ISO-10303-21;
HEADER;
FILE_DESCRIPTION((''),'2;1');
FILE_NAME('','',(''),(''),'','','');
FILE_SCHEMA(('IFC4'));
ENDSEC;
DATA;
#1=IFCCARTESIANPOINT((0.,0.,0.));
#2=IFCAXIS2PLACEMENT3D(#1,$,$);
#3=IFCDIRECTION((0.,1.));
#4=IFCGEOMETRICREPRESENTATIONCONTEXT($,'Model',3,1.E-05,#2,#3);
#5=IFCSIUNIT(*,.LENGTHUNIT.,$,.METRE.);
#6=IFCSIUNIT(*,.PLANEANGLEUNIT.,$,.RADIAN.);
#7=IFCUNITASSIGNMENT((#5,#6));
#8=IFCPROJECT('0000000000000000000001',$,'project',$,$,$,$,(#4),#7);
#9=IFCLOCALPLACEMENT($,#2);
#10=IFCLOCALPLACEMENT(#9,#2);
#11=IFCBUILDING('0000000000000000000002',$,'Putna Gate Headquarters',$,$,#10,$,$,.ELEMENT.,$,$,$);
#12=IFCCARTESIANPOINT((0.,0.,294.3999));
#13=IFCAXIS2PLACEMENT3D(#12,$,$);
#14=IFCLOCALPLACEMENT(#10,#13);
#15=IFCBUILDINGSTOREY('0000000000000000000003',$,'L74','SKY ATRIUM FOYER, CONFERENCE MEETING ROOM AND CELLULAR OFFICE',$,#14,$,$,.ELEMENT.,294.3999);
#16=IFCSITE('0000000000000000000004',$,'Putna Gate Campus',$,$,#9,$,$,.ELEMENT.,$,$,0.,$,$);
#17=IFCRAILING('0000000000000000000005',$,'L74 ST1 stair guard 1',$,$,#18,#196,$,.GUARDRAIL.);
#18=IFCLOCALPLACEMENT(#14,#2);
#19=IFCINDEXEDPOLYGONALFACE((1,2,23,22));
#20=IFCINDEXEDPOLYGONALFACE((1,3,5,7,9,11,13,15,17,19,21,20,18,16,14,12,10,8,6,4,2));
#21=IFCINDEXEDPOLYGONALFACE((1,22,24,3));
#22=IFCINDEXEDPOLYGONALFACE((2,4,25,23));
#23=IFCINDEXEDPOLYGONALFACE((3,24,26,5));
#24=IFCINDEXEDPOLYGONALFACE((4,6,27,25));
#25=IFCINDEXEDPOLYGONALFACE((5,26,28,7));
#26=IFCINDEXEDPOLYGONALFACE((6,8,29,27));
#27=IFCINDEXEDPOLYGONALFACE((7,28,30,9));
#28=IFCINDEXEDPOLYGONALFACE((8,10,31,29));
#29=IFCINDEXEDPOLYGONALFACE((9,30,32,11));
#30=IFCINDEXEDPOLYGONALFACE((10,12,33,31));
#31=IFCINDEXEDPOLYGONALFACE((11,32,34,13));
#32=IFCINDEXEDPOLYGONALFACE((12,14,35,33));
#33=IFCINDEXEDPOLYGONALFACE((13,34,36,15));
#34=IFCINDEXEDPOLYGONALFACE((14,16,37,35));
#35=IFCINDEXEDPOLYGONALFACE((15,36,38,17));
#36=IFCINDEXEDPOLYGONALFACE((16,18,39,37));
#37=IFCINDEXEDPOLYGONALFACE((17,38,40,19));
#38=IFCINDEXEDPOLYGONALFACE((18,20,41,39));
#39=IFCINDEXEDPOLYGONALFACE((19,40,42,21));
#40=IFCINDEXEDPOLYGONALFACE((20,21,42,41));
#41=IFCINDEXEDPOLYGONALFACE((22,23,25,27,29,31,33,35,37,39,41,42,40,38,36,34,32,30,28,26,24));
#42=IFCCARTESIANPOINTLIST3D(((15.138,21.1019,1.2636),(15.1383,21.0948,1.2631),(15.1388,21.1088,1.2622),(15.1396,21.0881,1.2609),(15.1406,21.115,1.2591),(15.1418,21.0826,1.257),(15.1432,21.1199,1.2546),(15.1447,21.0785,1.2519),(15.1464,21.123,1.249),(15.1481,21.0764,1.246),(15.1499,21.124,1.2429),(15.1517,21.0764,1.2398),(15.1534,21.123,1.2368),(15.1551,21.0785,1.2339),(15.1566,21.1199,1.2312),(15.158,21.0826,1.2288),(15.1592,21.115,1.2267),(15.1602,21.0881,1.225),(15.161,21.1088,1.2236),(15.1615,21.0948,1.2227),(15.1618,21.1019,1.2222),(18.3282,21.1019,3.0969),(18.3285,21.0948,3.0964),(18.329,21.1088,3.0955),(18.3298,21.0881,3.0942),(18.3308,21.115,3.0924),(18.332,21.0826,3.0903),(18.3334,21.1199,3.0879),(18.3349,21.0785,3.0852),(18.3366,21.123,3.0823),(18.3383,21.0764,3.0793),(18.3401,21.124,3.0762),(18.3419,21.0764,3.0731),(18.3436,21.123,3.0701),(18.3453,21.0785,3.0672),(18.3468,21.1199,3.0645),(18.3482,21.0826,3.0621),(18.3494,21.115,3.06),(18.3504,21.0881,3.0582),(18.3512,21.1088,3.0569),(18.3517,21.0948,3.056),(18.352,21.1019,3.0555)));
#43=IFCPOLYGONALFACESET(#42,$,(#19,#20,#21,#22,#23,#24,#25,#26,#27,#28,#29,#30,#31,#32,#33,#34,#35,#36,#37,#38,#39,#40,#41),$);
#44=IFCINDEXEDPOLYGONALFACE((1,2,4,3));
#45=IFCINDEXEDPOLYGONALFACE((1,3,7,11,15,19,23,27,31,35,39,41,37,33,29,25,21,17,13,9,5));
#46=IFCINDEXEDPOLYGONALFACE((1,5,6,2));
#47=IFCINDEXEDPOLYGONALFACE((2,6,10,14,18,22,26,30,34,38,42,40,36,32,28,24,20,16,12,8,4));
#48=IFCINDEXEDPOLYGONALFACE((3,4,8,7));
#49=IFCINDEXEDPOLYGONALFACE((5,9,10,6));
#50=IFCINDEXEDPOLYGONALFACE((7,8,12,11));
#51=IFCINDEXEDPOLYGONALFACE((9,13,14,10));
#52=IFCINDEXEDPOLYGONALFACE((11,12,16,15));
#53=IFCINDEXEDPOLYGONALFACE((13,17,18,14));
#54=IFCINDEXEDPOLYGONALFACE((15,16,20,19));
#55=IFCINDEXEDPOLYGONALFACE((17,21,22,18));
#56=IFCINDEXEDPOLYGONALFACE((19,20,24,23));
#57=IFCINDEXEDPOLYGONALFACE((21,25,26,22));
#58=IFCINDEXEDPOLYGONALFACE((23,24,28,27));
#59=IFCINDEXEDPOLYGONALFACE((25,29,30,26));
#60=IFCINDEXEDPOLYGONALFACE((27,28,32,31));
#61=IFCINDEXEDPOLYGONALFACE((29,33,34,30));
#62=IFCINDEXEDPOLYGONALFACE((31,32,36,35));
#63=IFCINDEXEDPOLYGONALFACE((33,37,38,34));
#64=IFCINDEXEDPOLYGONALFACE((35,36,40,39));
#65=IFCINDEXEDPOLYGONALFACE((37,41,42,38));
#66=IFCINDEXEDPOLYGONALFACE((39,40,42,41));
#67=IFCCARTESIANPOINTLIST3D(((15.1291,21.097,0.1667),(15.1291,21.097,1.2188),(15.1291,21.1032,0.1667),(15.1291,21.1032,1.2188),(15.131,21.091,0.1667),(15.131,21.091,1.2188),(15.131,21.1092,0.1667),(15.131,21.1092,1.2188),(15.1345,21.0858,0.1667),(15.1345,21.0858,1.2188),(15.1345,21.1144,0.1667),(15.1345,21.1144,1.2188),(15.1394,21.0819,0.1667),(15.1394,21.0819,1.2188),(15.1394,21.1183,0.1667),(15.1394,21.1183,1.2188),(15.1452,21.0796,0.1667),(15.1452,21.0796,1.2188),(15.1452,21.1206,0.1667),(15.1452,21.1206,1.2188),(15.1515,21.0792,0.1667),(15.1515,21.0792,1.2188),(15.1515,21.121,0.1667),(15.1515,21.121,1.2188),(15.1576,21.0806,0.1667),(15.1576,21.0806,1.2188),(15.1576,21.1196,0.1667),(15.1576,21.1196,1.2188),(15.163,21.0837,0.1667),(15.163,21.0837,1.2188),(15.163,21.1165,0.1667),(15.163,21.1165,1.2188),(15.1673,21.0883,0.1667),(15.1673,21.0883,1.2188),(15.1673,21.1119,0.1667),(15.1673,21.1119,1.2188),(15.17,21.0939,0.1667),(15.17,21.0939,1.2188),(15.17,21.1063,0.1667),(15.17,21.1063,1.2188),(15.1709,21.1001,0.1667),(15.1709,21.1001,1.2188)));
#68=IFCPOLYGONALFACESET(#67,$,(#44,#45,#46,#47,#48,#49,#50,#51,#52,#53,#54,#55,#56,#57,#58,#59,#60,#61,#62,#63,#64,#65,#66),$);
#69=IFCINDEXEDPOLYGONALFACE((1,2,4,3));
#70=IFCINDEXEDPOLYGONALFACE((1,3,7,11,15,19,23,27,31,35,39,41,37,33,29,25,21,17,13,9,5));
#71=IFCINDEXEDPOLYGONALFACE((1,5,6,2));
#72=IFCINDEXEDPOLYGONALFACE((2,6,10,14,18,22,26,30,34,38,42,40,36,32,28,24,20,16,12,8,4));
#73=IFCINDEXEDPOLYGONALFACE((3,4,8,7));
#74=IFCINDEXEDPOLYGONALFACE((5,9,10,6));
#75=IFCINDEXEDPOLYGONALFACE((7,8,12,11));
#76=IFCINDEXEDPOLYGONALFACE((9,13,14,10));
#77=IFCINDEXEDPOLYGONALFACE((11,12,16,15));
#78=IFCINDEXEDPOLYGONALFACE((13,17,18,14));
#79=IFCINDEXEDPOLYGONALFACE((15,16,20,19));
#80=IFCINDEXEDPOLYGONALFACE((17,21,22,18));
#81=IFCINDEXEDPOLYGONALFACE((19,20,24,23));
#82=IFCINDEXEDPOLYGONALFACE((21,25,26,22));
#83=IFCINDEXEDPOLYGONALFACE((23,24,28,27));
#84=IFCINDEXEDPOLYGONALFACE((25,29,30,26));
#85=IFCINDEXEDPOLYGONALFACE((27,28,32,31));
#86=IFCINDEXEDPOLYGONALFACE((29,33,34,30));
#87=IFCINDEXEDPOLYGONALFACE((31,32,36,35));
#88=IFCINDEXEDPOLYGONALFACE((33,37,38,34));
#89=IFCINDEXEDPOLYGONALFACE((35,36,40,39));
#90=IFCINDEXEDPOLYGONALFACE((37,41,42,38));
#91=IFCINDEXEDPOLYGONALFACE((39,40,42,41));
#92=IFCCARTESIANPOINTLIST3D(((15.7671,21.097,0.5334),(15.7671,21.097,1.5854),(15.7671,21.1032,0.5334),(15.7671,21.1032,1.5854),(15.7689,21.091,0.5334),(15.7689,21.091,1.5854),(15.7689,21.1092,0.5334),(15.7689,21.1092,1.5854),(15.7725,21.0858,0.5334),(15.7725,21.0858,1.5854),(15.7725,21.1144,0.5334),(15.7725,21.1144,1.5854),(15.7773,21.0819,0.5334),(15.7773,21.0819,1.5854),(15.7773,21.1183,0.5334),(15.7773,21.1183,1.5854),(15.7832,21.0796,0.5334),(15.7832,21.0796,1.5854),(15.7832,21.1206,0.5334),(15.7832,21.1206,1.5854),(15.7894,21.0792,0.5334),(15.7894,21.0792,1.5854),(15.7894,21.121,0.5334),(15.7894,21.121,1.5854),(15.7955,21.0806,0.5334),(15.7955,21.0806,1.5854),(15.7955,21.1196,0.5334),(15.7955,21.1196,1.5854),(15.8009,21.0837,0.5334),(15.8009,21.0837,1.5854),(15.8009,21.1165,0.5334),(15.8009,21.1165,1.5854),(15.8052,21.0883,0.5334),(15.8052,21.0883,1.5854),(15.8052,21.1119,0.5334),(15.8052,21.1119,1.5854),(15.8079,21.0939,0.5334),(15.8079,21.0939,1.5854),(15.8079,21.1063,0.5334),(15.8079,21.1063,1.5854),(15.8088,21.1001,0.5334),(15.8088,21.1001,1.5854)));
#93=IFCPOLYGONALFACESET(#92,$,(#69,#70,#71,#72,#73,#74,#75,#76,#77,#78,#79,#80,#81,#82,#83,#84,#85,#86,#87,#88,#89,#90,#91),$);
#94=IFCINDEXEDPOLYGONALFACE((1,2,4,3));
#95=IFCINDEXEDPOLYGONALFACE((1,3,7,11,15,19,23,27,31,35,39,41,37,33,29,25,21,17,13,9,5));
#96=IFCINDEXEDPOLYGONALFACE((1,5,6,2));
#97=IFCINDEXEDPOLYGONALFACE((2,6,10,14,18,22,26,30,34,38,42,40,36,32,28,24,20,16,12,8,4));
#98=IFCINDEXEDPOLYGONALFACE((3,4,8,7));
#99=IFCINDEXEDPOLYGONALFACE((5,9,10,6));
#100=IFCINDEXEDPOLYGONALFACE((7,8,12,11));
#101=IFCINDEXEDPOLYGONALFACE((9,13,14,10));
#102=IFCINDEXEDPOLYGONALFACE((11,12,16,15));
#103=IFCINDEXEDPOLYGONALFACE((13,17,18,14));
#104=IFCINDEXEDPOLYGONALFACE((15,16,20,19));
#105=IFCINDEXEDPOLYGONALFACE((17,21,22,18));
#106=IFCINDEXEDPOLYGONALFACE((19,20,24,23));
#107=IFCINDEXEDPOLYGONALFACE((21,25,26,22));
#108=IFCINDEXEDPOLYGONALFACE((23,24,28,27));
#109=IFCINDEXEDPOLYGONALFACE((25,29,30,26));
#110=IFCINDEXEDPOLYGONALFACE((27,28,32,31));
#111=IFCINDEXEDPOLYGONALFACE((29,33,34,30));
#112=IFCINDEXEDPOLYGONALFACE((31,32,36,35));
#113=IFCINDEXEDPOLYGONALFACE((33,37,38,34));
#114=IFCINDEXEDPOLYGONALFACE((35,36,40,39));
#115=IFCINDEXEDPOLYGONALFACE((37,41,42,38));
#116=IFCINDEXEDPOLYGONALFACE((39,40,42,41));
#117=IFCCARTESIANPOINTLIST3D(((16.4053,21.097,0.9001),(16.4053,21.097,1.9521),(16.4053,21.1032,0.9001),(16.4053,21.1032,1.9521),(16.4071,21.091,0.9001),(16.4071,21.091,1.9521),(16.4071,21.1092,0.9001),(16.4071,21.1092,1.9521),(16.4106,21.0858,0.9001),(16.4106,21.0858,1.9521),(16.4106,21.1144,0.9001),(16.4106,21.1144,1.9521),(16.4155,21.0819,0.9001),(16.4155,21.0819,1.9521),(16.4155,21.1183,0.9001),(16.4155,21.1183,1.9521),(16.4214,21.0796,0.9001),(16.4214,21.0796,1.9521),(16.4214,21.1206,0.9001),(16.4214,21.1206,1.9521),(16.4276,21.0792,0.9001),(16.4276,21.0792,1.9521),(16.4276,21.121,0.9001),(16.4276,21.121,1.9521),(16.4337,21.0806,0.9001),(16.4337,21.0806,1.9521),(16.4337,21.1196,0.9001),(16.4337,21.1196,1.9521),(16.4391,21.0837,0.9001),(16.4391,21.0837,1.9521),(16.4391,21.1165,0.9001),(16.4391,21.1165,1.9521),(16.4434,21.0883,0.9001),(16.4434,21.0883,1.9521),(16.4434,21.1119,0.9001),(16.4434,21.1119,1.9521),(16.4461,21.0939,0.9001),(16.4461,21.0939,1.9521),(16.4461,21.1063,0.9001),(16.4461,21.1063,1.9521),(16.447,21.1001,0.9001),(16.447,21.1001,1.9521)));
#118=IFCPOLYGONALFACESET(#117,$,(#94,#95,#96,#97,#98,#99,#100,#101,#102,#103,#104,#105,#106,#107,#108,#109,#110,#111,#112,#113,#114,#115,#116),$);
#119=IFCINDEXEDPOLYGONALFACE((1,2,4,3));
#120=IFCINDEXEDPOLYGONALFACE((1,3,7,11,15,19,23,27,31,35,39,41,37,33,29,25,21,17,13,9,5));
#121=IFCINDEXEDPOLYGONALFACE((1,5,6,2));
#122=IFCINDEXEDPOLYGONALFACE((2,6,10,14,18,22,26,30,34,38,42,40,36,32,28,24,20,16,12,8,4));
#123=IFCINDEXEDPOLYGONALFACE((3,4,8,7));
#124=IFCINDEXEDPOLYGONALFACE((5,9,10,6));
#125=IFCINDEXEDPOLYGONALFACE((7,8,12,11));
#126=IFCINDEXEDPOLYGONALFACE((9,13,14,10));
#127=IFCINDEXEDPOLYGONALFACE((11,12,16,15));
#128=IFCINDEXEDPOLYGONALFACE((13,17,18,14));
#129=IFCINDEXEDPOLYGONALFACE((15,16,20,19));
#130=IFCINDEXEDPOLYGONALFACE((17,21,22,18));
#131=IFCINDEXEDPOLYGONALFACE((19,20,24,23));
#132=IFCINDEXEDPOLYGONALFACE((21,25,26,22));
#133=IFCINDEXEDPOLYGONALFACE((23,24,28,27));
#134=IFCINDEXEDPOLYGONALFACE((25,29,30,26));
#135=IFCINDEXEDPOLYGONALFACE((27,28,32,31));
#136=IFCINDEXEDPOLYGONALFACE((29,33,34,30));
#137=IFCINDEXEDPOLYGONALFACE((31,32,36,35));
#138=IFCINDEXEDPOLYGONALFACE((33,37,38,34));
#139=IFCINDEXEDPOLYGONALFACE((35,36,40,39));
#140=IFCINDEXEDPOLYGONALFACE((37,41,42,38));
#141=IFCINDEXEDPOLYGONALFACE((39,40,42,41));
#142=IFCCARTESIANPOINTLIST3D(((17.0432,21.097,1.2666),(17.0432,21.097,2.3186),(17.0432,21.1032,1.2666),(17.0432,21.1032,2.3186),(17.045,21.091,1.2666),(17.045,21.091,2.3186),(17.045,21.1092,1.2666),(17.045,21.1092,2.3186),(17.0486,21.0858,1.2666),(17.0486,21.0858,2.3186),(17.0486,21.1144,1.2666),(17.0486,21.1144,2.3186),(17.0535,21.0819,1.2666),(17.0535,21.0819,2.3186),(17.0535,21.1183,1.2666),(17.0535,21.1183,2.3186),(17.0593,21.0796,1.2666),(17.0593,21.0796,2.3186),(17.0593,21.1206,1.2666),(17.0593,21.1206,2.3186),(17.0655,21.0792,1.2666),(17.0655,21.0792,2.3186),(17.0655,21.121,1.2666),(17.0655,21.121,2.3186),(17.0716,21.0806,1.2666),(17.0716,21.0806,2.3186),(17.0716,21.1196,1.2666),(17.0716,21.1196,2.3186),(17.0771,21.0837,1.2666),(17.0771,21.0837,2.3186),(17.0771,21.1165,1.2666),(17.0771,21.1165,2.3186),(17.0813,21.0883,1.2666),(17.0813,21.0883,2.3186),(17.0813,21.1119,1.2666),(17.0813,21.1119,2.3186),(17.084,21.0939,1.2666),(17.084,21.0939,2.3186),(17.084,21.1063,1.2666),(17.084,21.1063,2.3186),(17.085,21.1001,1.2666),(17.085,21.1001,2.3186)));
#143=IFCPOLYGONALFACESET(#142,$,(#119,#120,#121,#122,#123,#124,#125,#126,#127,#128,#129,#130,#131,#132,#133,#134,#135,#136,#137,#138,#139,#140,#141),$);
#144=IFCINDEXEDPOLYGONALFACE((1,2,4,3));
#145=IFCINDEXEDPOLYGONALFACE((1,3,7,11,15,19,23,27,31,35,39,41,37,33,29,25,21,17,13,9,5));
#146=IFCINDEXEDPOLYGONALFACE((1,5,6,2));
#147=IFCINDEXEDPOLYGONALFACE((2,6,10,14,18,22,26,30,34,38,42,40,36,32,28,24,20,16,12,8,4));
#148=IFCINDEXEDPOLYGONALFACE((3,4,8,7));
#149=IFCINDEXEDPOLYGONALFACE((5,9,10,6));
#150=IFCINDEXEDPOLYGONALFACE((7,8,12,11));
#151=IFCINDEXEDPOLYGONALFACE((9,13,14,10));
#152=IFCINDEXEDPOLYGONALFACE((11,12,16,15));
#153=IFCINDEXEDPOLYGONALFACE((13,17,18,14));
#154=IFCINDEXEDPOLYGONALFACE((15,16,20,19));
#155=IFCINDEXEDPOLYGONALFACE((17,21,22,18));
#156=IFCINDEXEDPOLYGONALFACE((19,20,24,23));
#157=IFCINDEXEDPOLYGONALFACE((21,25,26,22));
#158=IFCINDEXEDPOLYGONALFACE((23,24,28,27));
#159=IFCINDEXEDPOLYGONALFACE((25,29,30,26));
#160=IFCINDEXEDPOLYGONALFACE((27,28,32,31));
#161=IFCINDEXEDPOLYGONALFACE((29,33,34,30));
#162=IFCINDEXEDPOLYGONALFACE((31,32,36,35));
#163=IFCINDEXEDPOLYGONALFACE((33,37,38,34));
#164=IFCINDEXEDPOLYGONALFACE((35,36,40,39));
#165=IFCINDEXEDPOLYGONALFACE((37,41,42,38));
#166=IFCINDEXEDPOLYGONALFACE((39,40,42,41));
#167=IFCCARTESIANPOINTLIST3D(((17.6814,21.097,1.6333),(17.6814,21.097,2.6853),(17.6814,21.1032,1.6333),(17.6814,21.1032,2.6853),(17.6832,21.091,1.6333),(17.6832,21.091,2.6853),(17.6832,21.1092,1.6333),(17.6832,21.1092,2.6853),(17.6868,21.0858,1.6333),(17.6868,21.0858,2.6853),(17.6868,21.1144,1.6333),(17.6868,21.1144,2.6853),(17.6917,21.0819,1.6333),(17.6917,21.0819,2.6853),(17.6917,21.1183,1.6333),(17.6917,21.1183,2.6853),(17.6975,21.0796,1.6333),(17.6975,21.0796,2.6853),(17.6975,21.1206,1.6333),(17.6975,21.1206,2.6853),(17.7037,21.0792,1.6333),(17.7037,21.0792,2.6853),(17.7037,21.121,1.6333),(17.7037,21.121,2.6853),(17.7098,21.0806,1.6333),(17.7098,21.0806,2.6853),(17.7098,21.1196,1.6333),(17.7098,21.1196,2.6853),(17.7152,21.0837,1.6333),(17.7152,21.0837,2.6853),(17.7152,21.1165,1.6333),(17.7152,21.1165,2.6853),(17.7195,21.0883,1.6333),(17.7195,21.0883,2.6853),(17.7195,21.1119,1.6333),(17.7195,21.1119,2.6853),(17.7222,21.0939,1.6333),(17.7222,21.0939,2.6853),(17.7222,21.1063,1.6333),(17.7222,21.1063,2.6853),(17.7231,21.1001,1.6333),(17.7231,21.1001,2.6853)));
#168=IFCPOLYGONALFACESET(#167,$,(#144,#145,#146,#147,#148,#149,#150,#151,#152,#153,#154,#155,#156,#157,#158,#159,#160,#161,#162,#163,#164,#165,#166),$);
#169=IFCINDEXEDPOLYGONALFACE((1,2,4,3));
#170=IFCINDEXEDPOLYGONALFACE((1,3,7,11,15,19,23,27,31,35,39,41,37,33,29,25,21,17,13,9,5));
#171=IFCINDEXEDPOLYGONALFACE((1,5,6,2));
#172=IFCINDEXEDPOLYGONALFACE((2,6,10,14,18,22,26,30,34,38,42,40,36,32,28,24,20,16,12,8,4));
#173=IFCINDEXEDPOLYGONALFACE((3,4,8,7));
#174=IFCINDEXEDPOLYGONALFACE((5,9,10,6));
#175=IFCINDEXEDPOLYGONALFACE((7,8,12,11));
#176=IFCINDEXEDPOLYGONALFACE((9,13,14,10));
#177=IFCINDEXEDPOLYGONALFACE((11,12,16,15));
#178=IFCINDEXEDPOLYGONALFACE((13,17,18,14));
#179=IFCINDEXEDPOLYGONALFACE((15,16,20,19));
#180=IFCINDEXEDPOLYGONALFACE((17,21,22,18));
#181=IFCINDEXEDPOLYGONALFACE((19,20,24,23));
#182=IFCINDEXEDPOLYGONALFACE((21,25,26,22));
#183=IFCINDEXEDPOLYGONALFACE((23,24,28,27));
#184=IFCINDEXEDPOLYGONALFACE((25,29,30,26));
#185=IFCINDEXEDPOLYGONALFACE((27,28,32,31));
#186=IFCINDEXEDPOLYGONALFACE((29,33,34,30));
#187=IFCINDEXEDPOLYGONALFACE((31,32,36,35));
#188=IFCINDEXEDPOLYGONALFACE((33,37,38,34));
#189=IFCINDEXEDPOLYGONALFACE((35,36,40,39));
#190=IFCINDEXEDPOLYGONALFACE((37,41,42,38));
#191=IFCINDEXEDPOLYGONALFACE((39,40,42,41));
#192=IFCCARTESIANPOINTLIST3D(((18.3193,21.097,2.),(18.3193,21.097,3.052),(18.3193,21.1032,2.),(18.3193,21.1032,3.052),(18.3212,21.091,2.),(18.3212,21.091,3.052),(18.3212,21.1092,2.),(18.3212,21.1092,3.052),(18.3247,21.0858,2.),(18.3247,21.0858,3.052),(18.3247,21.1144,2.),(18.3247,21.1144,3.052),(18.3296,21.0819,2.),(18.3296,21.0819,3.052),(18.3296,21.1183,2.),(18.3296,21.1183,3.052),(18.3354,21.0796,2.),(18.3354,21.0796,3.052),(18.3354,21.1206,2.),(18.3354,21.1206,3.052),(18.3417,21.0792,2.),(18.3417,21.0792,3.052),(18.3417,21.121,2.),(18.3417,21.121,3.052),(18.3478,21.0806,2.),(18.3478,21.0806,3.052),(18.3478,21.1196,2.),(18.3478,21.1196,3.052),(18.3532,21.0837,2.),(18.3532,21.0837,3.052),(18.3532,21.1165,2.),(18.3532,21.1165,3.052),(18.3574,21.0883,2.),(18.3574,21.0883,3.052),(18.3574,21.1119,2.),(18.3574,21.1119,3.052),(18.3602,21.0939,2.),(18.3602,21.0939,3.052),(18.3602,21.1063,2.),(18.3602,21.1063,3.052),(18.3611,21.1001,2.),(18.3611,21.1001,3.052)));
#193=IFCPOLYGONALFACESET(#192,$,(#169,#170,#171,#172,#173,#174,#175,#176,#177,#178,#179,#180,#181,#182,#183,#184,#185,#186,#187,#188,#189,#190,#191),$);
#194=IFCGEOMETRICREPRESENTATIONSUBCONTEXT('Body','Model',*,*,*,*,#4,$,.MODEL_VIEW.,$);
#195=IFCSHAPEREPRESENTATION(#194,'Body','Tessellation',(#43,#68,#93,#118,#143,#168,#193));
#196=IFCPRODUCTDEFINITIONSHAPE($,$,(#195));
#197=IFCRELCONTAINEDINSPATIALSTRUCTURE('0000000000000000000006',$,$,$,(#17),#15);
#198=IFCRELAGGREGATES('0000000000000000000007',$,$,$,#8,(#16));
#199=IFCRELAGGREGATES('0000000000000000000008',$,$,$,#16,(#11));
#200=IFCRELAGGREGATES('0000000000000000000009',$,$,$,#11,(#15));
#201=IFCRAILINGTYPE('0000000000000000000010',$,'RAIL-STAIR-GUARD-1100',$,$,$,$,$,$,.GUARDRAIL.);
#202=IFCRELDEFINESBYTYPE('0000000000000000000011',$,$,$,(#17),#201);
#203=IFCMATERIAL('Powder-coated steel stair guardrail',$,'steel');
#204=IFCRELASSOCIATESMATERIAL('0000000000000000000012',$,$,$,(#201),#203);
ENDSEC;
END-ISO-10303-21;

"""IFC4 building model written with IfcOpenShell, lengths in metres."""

from ifc_helpers import new_model, si_unit, direction, frame, origin, origin_2d, place, context, subcontext, project, spatial, circle, extrude, material, type_object, element, save


model = new_model("IFC4")

# Units and contexts
model_context = context("Model", 3, precision=1e-05, world=origin(), true_north=direction((0.0, 1.0)))
body_context = subcontext(model_context, "Body", "Model", "MODEL_VIEW")
ifc_project = project(units=[si_unit("LENGTHUNIT", "METRE"), si_unit("PLANEANGLEUNIT", "RADIAN")], contexts=[model_context])

# Site, building, storey
site_placement = place(None, origin())
site = spatial("IfcSite", under=ifc_project, at=site_placement, Name="Putna Gate Campus", CompositionType="ELEMENT", RefElevation=0.0)
building_placement = place(site_placement, origin())
building = spatial("IfcBuilding", under=site, at=building_placement, Name="Putna Gate Headquarters", CompositionType="ELEMENT")
storey_placement = place(building_placement, frame((0.0, 0.0, 294.3999)))
storey = spatial("IfcBuildingStorey", under=building, at=storey_placement, Name="L74", Description="SKY ATRIUM FOYER, CONFERENCE MEETING ROOM AND CELLULAR OFFICE", CompositionType="ELEMENT", Elevation=294.3999)

# Railing
ifc_material_1 = material(Name="Powder-coated steel stair guardrail", Category="steel")
railing_type_1 = type_object("IfcRailingType", Name="RAIL-STAIR-GUARD-1100", PredefinedType="GUARDRAIL", material=ifc_material_1)
railing_1_placement = place(storey_placement, frame((15.1499, 21.1001, 0.1667)))
element("IfcRailing", 1, at=railing_1_placement, inside=storey, type_object=railing_type_1, Name="L74 ST1 stair guard 1", PredefinedType="GUARDRAIL", context=body_context, shape_type="SweptSolid", body=[
    extrude(circle(Radius=0.0239, at=origin_2d()), frame((0.0, 0.0, 1.0762), z_axis=(0.867036, 0.0, 0.498245), x_axis=(0.0, 1.0, 0.0)), (0.0, 0.0, 1.0), 3.6794),
    extrude(circle(Radius=0.021, at=origin_2d()), origin(), (0.0, 0.0, 1.0), 1.052),
    extrude(circle(Radius=0.021, at=origin_2d()), frame((0.6379, 0.0, 0.3667)), (0.0, 0.0, 1.0), 1.052),
    extrude(circle(Radius=0.021, at=origin_2d()), frame((1.2761, 0.0, 0.7334)), (0.0, 0.0, 1.0), 1.052),
    extrude(circle(Radius=0.021, at=origin_2d()), frame((1.9141, 0.0, 1.0999)), (0.0, 0.0, 1.0), 1.052),
    extrude(circle(Radius=0.021, at=origin_2d()), frame((2.5522, 0.0, 1.4666)), (0.0, 0.0, 1.0), 1.052),
    extrude(circle(Radius=0.021, at=origin_2d()), frame((3.1902, 0.0, 1.8333)), (0.0, 0.0, 1.0), 1.052),
])

save(model, "model.ifc")
